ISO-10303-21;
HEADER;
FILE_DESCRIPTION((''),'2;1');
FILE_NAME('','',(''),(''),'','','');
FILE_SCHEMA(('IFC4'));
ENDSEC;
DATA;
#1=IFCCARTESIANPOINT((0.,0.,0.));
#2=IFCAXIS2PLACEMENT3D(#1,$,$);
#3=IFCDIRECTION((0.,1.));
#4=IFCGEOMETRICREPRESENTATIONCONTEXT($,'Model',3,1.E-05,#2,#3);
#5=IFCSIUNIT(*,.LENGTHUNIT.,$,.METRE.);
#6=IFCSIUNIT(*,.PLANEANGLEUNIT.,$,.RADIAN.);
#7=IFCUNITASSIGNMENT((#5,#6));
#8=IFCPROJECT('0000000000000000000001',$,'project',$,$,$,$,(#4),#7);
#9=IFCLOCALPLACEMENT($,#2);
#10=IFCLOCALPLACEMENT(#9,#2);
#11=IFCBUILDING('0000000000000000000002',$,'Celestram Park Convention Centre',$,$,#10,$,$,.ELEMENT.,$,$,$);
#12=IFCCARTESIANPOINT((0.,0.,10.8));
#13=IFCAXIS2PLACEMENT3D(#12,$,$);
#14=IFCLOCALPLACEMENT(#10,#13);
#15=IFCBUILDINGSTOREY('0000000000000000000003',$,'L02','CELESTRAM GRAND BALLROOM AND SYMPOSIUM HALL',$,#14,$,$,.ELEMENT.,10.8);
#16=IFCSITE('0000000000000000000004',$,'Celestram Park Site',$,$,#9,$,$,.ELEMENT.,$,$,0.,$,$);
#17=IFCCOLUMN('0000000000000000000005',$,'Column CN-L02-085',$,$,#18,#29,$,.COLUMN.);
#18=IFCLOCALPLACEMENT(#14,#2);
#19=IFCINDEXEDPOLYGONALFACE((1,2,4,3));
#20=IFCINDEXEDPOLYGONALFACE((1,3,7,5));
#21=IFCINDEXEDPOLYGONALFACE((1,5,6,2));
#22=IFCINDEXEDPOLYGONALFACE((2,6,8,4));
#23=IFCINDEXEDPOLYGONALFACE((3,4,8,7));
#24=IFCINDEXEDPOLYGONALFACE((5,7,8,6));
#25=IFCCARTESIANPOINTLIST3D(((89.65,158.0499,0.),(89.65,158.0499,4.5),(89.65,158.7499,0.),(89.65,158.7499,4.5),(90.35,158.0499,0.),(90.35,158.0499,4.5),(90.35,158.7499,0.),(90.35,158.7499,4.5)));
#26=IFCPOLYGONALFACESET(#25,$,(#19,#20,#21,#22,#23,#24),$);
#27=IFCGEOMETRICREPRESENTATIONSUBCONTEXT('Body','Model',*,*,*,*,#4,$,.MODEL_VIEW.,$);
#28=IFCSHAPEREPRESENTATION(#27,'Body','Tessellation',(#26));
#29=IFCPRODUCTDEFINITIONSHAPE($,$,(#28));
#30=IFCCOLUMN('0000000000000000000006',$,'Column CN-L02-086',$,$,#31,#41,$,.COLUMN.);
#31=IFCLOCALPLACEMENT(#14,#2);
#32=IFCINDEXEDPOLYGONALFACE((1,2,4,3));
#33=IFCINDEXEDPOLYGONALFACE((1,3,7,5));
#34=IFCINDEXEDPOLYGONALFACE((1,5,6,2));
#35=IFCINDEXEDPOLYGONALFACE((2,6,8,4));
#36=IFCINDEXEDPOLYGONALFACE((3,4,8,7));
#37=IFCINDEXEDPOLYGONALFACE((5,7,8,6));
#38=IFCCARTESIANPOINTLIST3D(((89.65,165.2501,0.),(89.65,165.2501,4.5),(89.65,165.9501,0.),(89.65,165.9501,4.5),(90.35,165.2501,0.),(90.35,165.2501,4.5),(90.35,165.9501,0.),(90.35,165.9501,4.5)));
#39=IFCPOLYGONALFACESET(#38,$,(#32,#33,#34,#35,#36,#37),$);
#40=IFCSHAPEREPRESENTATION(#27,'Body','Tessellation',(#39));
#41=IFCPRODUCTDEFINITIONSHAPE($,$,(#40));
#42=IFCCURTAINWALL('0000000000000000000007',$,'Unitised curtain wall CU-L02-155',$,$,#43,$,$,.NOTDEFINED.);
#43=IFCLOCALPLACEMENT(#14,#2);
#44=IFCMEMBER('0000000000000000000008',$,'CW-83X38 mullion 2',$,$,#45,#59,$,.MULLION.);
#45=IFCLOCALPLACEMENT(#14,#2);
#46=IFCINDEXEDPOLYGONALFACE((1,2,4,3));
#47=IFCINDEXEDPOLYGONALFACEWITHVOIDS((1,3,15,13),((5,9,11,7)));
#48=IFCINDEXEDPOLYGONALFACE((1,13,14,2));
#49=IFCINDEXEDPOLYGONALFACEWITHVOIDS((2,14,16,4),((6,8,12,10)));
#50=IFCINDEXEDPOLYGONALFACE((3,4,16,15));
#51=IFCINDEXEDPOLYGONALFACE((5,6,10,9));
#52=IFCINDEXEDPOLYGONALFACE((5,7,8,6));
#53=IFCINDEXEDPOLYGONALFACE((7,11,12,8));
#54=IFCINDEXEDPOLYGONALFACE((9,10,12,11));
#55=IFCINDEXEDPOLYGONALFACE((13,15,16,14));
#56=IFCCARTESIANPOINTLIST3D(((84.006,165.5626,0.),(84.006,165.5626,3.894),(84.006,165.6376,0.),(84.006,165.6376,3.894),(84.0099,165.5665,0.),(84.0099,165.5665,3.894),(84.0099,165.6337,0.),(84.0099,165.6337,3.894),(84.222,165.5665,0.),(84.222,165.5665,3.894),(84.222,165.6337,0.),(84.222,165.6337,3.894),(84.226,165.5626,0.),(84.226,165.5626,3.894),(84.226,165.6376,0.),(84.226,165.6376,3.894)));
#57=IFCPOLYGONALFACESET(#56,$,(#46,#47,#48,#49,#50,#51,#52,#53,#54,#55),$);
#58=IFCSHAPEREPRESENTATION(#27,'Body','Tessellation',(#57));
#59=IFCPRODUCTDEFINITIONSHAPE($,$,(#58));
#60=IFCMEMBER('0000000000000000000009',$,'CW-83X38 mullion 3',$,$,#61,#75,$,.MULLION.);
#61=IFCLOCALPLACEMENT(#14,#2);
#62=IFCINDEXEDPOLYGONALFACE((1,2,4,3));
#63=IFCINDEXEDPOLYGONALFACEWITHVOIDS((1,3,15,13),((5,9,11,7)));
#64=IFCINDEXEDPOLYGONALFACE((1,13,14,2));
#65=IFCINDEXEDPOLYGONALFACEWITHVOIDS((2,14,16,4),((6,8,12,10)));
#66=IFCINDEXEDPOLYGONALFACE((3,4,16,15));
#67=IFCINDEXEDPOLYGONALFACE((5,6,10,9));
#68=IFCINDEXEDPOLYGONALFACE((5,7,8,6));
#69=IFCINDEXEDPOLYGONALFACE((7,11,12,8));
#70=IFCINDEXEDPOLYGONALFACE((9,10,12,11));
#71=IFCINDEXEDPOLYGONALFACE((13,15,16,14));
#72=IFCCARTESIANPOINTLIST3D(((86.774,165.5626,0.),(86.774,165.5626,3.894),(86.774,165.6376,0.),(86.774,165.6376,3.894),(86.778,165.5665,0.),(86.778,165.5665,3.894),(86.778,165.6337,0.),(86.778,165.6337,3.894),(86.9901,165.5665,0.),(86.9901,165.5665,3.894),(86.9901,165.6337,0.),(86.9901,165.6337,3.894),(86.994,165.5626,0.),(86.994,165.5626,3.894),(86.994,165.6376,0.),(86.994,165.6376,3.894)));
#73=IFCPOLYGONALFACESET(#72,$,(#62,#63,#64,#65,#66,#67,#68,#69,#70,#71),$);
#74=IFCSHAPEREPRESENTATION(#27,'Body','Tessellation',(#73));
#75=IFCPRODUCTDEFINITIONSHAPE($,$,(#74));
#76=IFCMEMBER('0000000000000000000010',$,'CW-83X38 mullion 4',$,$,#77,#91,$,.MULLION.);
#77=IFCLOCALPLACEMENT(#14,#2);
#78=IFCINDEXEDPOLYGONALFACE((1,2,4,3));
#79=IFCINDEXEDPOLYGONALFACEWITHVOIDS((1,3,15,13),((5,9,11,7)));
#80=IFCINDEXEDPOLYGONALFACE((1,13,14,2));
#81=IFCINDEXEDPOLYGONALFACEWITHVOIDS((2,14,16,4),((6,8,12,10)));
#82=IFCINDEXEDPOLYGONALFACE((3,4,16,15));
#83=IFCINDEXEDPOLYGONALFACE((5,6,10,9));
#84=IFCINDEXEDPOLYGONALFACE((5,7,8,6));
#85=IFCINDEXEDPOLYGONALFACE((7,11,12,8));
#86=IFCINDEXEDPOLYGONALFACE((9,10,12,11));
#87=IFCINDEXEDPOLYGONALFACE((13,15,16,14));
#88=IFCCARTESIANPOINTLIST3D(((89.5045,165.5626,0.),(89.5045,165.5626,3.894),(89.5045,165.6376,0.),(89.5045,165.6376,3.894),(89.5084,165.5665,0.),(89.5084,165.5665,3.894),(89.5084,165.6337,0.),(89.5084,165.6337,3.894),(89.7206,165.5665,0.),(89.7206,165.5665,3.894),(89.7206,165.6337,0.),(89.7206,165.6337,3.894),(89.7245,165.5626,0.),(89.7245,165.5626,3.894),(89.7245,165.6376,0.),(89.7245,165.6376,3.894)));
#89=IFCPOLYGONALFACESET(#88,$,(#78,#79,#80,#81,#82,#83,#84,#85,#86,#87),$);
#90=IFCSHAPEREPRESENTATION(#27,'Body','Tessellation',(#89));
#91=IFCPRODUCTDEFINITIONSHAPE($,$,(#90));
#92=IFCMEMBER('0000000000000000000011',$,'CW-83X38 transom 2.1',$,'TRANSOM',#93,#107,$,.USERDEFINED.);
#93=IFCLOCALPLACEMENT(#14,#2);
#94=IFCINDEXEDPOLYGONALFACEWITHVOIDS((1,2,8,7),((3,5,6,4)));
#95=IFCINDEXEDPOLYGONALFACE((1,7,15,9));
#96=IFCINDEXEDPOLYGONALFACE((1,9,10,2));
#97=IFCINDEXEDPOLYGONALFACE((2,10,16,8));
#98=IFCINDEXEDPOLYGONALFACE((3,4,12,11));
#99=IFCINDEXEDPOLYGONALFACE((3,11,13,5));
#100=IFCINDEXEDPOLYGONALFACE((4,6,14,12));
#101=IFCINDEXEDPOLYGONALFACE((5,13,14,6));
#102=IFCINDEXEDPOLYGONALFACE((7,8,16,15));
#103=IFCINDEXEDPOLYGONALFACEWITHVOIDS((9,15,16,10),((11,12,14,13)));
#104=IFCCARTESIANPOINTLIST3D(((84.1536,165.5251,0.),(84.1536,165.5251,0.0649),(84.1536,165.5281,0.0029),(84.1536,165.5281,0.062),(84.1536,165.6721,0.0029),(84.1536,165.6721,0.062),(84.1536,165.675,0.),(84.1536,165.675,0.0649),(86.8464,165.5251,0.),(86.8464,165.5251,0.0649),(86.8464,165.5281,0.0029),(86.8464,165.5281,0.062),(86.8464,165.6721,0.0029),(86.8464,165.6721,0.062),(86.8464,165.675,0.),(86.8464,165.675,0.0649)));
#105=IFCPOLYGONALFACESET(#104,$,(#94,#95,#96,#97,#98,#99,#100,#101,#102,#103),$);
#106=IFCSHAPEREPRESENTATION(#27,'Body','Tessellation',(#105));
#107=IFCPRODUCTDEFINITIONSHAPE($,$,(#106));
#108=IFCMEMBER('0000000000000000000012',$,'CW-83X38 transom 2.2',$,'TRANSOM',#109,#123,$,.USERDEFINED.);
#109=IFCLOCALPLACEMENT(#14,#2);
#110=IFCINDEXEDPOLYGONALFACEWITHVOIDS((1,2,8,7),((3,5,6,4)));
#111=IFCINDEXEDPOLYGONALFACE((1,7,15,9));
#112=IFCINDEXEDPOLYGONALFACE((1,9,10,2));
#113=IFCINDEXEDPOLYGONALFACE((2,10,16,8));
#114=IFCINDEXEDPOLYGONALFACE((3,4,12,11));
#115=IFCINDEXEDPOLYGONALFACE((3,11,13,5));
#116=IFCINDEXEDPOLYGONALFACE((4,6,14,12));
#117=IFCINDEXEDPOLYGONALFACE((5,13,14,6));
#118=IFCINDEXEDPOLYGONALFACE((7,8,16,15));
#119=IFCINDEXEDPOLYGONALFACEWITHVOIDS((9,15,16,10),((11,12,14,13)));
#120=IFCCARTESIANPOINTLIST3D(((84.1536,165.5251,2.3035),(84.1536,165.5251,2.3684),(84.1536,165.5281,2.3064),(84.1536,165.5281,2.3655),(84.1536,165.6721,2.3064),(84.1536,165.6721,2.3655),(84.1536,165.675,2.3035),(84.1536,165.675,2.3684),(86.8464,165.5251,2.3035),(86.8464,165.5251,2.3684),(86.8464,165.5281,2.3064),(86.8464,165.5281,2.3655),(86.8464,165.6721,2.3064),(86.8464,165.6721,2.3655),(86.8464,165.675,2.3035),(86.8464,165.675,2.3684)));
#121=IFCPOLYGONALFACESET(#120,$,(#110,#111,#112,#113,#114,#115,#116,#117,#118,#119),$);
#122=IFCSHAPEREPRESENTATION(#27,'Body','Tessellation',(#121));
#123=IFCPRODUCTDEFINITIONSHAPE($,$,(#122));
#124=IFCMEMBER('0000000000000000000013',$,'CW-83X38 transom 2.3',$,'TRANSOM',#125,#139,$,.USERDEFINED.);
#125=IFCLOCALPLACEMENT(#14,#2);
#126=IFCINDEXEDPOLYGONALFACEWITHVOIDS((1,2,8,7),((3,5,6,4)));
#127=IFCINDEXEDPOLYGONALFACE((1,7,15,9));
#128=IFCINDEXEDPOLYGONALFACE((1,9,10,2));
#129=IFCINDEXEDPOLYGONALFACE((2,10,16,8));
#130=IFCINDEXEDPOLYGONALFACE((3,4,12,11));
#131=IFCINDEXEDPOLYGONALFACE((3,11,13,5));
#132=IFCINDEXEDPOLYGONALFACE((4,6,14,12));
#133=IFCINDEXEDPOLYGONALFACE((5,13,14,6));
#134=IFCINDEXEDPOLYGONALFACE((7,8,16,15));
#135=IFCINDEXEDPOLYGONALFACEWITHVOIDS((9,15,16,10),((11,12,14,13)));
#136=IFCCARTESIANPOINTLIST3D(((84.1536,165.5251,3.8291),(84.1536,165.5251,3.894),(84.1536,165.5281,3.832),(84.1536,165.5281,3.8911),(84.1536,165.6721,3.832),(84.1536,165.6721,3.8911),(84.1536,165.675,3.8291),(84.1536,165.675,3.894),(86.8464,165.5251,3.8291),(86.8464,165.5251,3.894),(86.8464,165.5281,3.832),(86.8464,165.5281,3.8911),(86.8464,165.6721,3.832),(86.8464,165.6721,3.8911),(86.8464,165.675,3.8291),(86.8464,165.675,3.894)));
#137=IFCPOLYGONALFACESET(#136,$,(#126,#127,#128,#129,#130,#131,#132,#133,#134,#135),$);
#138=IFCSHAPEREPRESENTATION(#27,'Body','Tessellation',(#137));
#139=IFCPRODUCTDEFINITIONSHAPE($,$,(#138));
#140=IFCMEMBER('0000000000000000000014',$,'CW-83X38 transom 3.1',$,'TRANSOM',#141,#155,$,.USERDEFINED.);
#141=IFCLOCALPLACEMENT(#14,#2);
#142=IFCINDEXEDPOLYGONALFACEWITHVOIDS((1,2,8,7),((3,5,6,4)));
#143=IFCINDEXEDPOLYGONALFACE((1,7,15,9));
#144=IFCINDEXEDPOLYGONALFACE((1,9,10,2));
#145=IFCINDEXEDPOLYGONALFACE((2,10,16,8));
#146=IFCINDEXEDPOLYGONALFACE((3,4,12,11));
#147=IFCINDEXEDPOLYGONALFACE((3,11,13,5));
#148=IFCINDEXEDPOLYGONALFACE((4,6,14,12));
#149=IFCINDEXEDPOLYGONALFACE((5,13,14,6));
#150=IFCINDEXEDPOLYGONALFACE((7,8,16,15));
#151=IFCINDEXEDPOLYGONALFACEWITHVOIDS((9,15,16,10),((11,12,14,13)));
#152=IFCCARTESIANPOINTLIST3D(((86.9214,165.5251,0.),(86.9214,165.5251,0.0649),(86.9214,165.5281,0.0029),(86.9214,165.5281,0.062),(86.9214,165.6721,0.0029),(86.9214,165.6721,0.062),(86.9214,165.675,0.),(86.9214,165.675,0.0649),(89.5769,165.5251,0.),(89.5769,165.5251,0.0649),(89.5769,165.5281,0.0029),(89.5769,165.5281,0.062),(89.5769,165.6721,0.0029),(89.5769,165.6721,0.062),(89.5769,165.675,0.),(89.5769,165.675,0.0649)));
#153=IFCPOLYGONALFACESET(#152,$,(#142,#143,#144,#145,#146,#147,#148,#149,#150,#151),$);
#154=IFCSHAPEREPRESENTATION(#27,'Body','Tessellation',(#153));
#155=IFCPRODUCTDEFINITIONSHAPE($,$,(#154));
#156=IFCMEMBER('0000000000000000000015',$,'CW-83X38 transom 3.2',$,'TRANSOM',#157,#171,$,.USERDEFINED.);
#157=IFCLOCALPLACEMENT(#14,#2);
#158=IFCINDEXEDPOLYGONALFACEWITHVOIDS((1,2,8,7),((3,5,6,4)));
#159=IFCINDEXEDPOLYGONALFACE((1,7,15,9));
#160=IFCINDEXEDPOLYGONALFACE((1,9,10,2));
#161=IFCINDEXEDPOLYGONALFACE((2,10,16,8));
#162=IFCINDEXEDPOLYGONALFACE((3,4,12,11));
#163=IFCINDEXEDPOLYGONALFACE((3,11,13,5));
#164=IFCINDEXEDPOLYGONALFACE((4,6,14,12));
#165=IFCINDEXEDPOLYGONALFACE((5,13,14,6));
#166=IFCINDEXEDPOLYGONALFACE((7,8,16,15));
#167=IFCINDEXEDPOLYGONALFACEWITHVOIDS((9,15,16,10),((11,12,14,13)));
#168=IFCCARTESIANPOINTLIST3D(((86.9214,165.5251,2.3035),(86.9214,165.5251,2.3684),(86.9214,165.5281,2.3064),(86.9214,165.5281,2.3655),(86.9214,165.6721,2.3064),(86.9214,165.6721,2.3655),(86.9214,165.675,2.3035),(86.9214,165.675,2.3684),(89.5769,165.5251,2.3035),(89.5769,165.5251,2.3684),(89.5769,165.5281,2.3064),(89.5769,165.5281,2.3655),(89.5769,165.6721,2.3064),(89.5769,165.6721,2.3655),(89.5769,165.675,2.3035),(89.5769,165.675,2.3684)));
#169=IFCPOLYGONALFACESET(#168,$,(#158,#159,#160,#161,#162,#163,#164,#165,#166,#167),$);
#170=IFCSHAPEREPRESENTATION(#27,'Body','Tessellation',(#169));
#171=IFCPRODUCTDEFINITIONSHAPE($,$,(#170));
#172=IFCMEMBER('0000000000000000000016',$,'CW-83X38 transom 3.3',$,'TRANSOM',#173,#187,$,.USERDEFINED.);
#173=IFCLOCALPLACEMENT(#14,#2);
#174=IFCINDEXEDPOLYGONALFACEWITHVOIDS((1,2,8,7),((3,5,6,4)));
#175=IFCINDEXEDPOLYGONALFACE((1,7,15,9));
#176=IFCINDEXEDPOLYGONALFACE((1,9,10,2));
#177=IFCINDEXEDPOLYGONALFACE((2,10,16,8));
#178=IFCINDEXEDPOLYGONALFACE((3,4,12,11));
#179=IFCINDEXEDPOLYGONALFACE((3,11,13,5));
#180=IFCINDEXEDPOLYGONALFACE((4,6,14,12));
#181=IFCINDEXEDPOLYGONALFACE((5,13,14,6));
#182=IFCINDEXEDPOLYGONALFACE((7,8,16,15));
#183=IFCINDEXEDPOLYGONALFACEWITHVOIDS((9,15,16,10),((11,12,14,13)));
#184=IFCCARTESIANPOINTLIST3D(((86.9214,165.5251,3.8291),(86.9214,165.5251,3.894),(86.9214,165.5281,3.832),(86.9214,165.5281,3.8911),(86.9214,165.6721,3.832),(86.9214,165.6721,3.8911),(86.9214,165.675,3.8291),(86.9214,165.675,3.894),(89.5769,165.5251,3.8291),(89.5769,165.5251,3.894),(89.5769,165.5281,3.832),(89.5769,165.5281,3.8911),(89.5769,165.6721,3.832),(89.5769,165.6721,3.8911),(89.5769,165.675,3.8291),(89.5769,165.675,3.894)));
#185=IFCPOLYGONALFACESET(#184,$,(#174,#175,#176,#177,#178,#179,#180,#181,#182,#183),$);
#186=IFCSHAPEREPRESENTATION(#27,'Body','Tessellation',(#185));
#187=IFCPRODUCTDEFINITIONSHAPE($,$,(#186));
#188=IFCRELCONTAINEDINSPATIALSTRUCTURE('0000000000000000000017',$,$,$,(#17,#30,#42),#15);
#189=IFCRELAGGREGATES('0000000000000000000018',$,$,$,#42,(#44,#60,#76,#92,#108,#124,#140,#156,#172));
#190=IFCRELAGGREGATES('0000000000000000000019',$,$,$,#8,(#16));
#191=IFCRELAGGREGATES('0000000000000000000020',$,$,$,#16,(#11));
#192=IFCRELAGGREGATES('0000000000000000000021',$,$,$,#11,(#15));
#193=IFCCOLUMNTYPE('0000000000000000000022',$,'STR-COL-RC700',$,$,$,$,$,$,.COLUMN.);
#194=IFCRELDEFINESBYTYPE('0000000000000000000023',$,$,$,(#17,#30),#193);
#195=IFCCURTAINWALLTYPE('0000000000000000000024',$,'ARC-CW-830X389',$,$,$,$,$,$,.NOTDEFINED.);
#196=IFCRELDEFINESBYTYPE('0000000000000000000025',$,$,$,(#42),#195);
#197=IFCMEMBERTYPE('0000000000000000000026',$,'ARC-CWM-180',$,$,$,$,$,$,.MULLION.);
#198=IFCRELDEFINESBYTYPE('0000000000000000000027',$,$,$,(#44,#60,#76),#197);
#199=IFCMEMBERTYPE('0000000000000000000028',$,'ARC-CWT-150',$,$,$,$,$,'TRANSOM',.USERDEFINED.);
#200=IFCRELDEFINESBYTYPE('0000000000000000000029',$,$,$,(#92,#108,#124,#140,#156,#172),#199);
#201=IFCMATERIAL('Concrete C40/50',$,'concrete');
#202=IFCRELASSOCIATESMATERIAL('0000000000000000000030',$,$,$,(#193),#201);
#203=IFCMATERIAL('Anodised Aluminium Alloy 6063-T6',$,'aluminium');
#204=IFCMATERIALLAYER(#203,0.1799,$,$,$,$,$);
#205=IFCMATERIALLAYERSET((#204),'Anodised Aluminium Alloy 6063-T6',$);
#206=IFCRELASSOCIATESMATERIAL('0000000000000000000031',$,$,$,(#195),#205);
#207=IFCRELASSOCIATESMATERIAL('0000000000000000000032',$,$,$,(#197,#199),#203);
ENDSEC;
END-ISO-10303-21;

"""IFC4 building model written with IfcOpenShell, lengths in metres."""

from ifc_helpers import new_model, si_unit, direction, frame, origin, origin_2d, place, context, subcontext, project, spatial, rectangle, hollow_rectangle, extrude, material, layer, layer_set, material_profile, profile_set, type_object, element, aggregate, save


model = new_model("IFC4")

# Units and contexts
model_context = context("Model", 3, precision=1e-05, world=origin(), true_north=direction((0.0, 1.0)))
body_context = subcontext(model_context, "Body", "Model", "MODEL_VIEW")
ifc_project = project(units=[si_unit("LENGTHUNIT", "METRE"), si_unit("PLANEANGLEUNIT", "RADIAN")], contexts=[model_context])

# Site, building, storey
site_placement = place(None, origin())
site = spatial("IfcSite", under=ifc_project, at=site_placement, Name="Celestram Park Site", CompositionType="ELEMENT", RefElevation=0.0)
building_placement = place(site_placement, origin())
building = spatial("IfcBuilding", under=site, at=building_placement, Name="Celestram Park Convention Centre", CompositionType="ELEMENT")
storey_placement = place(building_placement, frame((0.0, 0.0, 10.8)))
storey = spatial("IfcBuildingStorey", under=building, at=storey_placement, Name="L02", Description="CELESTRAM GRAND BALLROOM AND SYMPOSIUM HALL", CompositionType="ELEMENT", Elevation=10.8)

# Columns
ifc_material_1 = material(Name="Concrete C40/50", Category="concrete")
ifc_material_profile_1 = material_profile(ifc_material_1, rectangle(XDim=0.7, YDim=0.7, at=origin_2d()), Name="RC700X700")
ifc_profile_set_1 = profile_set([ifc_material_profile_1], Name="Concrete C40/50")
column_type = type_object("IfcColumnType", Name="STR-COL-RC700", PredefinedType="COLUMN", material=ifc_profile_set_1)
for number, where, z_axis, x_axis, name in (
    (1, (90.0, 158.3999, 0.0), (0.0, 0.0, 1.0), (1.0, 0.0, 0.0), "Column CN-L02-085"),
    (2, (90.0, 165.6001, 0.0), (0.0, 0.0, 1.0), (1.0, 0.0, 0.0), "Column CN-L02-086"),
):
    element("IfcColumn", number, at=place(storey_placement, frame(where, z_axis=z_axis, x_axis=x_axis)), inside=storey, type_object=column_type, Name=name, PredefinedType="COLUMN", context=body_context, shape_type="SweptSolid", body=[
        extrude(rectangle(XDim=0.7, YDim=0.7, at=origin_2d()), origin(), (0.0, 0.0, 1.0), 4.5),
    ])

# Curtain wall, members
ifc_material_2 = material(Name="Anodised Aluminium Alloy 6063-T6", Category="aluminium")
ifc_layer_1 = layer(ifc_material_2, 0.1799)
ifc_layer_set_1 = layer_set([ifc_layer_1], Name="Anodised Aluminium Alloy 6063-T6")
curtain_wall_type = type_object("IfcCurtainWallType", Name="ARC-CW-830X389", PredefinedType="NOTDEFINED", material=ifc_layer_set_1)
curtain_wall_placement = place(storey_placement, origin())
curtain_wall = element("IfcCurtainWall", 3, at=curtain_wall_placement, inside=storey, type_object=curtain_wall_type, Name="Unitised curtain wall CU-L02-155", PredefinedType="NOTDEFINED")
ifc_material_profile_2 = material_profile(ifc_material_2, hollow_rectangle(XDim=0.075, YDim=0.22, WallThickness=0.0039, at=origin_2d()), Name="ALU75X220X4")
ifc_profile_set_2 = profile_set([ifc_material_profile_2], Name="Anodised Aluminium Alloy 6063-T6")
member_type_1 = type_object("IfcMemberType", Name="ARC-CWM-180", PredefinedType="MULLION", material=ifc_profile_set_2)
member_1_placement = place(storey_placement, frame((84.116, 165.6001, 0.0), z_axis=(0.0, 0.0, 1.0), x_axis=(0.0, 1.0, 0.0)))
member_1 = element("IfcMember", 4, at=member_1_placement, type_object=member_type_1, Name="CW-83X38 mullion 2", PredefinedType="MULLION", context=body_context, shape_type="SweptSolid", body=[
    extrude(hollow_rectangle(XDim=0.075, YDim=0.22, WallThickness=0.0039, at=origin_2d()), origin(), (0.0, 0.0, 1.0), 3.894),
])
member_2_placement = place(storey_placement, frame((86.884, 165.6001, 0.0), z_axis=(0.0, 0.0, 1.0), x_axis=(0.0, 1.0, 0.0)))
member_2 = element("IfcMember", 5, at=member_2_placement, type_object=member_type_1, Name="CW-83X38 mullion 3", PredefinedType="MULLION", context=body_context, shape_type="SweptSolid", body=[
    extrude(hollow_rectangle(XDim=0.075, YDim=0.22, WallThickness=0.0039, at=origin_2d()), origin(), (0.0, 0.0, 1.0), 3.894),
])
member_3_placement = place(storey_placement, frame((89.6145, 165.6001, 0.0), z_axis=(0.0, 0.0, 1.0), x_axis=(0.0, 1.0, 0.0)))
member_3 = element("IfcMember", 6, at=member_3_placement, type_object=member_type_1, Name="CW-83X38 mullion 4", PredefinedType="MULLION", context=body_context, shape_type="SweptSolid", body=[
    extrude(hollow_rectangle(XDim=0.075, YDim=0.22, WallThickness=0.0039, at=origin_2d()), origin(), (0.0, 0.0, 1.0), 3.894),
])
ifc_material_profile_3 = material_profile(ifc_material_2, hollow_rectangle(XDim=0.1499, YDim=0.0649, WallThickness=0.0029, at=origin_2d()), Name="ALU150X65X3")
ifc_profile_set_3 = profile_set([ifc_material_profile_3], Name="Anodised Aluminium Alloy 6063-T6")
member_type_2 = type_object("IfcMemberType", Name="ARC-CWT-150", ElementType="TRANSOM", PredefinedType="USERDEFINED", material=ifc_profile_set_3)
member_4_placement = place(storey_placement, frame((84.1536, 165.6001, 0.0325), z_axis=(1.0, 0.0, 0.0), x_axis=(0.0, 1.0, 0.0)))
member_4 = element("IfcMember", 7, at=member_4_placement, type_object=member_type_2, Name="CW-83X38 transom 2.1", ObjectType="TRANSOM", PredefinedType="USERDEFINED", context=body_context, shape_type="SweptSolid", body=[
    extrude(hollow_rectangle(XDim=0.1499, YDim=0.0649, WallThickness=0.0029, at=origin_2d()), origin(), (0.0, 0.0, 1.0), 2.6929),
])
member_5_placement = place(storey_placement, frame((84.1536, 165.6001, 2.3359), z_axis=(1.0, 0.0, 0.0), x_axis=(0.0, 1.0, 0.0)))
member_5 = element("IfcMember", 8, at=member_5_placement, type_object=member_type_2, Name="CW-83X38 transom 2.2", ObjectType="TRANSOM", PredefinedType="USERDEFINED", context=body_context, shape_type="SweptSolid", body=[
    extrude(hollow_rectangle(XDim=0.1499, YDim=0.0649, WallThickness=0.0029, at=origin_2d()), origin(), (0.0, 0.0, 1.0), 2.6929),
])
member_6_placement = place(storey_placement, frame((84.1536, 165.6001, 3.8616), z_axis=(1.0, 0.0, 0.0), x_axis=(0.0, 1.0, 0.0)))
member_6 = element("IfcMember", 9, at=member_6_placement, type_object=member_type_2, Name="CW-83X38 transom 2.3", ObjectType="TRANSOM", PredefinedType="USERDEFINED", context=body_context, shape_type="SweptSolid", body=[
    extrude(hollow_rectangle(XDim=0.1499, YDim=0.0649, WallThickness=0.0029, at=origin_2d()), origin(), (0.0, 0.0, 1.0), 2.6929),
])
member_7_placement = place(storey_placement, frame((86.9214, 165.6001, 0.0325), z_axis=(1.0, 0.0, 0.0), x_axis=(0.0, 1.0, 0.0)))
member_7 = element("IfcMember", 10, at=member_7_placement, type_object=member_type_2, Name="CW-83X38 transom 3.1", ObjectType="TRANSOM", PredefinedType="USERDEFINED", context=body_context, shape_type="SweptSolid", body=[
    extrude(hollow_rectangle(XDim=0.1499, YDim=0.0649, WallThickness=0.0029, at=origin_2d()), origin(), (0.0, 0.0, 1.0), 2.6555),
])
member_8_placement = place(storey_placement, frame((86.9214, 165.6001, 2.3359), z_axis=(1.0, 0.0, 0.0), x_axis=(0.0, 1.0, 0.0)))
member_8 = element("IfcMember", 11, at=member_8_placement, type_object=member_type_2, Name="CW-83X38 transom 3.2", ObjectType="TRANSOM", PredefinedType="USERDEFINED", context=body_context, shape_type="SweptSolid", body=[
    extrude(hollow_rectangle(XDim=0.1499, YDim=0.0649, WallThickness=0.0029, at=origin_2d()), origin(), (0.0, 0.0, 1.0), 2.6555),
])
member_9_placement = place(storey_placement, frame((86.9214, 165.6001, 3.8616), z_axis=(1.0, 0.0, 0.0), x_axis=(0.0, 1.0, 0.0)))
member_9 = element("IfcMember", 12, at=member_9_placement, type_object=member_type_2, Name="CW-83X38 transom 3.3", ObjectType="TRANSOM", PredefinedType="USERDEFINED", context=body_context, shape_type="SweptSolid", body=[
    extrude(hollow_rectangle(XDim=0.1499, YDim=0.0649, WallThickness=0.0029, at=origin_2d()), origin(), (0.0, 0.0, 1.0), 2.6555),
])

aggregate(curtain_wall, [member_1, member_2, member_3, member_4, member_5, member_6, member_7, member_8, member_9])

save(model, "model.ifc")
